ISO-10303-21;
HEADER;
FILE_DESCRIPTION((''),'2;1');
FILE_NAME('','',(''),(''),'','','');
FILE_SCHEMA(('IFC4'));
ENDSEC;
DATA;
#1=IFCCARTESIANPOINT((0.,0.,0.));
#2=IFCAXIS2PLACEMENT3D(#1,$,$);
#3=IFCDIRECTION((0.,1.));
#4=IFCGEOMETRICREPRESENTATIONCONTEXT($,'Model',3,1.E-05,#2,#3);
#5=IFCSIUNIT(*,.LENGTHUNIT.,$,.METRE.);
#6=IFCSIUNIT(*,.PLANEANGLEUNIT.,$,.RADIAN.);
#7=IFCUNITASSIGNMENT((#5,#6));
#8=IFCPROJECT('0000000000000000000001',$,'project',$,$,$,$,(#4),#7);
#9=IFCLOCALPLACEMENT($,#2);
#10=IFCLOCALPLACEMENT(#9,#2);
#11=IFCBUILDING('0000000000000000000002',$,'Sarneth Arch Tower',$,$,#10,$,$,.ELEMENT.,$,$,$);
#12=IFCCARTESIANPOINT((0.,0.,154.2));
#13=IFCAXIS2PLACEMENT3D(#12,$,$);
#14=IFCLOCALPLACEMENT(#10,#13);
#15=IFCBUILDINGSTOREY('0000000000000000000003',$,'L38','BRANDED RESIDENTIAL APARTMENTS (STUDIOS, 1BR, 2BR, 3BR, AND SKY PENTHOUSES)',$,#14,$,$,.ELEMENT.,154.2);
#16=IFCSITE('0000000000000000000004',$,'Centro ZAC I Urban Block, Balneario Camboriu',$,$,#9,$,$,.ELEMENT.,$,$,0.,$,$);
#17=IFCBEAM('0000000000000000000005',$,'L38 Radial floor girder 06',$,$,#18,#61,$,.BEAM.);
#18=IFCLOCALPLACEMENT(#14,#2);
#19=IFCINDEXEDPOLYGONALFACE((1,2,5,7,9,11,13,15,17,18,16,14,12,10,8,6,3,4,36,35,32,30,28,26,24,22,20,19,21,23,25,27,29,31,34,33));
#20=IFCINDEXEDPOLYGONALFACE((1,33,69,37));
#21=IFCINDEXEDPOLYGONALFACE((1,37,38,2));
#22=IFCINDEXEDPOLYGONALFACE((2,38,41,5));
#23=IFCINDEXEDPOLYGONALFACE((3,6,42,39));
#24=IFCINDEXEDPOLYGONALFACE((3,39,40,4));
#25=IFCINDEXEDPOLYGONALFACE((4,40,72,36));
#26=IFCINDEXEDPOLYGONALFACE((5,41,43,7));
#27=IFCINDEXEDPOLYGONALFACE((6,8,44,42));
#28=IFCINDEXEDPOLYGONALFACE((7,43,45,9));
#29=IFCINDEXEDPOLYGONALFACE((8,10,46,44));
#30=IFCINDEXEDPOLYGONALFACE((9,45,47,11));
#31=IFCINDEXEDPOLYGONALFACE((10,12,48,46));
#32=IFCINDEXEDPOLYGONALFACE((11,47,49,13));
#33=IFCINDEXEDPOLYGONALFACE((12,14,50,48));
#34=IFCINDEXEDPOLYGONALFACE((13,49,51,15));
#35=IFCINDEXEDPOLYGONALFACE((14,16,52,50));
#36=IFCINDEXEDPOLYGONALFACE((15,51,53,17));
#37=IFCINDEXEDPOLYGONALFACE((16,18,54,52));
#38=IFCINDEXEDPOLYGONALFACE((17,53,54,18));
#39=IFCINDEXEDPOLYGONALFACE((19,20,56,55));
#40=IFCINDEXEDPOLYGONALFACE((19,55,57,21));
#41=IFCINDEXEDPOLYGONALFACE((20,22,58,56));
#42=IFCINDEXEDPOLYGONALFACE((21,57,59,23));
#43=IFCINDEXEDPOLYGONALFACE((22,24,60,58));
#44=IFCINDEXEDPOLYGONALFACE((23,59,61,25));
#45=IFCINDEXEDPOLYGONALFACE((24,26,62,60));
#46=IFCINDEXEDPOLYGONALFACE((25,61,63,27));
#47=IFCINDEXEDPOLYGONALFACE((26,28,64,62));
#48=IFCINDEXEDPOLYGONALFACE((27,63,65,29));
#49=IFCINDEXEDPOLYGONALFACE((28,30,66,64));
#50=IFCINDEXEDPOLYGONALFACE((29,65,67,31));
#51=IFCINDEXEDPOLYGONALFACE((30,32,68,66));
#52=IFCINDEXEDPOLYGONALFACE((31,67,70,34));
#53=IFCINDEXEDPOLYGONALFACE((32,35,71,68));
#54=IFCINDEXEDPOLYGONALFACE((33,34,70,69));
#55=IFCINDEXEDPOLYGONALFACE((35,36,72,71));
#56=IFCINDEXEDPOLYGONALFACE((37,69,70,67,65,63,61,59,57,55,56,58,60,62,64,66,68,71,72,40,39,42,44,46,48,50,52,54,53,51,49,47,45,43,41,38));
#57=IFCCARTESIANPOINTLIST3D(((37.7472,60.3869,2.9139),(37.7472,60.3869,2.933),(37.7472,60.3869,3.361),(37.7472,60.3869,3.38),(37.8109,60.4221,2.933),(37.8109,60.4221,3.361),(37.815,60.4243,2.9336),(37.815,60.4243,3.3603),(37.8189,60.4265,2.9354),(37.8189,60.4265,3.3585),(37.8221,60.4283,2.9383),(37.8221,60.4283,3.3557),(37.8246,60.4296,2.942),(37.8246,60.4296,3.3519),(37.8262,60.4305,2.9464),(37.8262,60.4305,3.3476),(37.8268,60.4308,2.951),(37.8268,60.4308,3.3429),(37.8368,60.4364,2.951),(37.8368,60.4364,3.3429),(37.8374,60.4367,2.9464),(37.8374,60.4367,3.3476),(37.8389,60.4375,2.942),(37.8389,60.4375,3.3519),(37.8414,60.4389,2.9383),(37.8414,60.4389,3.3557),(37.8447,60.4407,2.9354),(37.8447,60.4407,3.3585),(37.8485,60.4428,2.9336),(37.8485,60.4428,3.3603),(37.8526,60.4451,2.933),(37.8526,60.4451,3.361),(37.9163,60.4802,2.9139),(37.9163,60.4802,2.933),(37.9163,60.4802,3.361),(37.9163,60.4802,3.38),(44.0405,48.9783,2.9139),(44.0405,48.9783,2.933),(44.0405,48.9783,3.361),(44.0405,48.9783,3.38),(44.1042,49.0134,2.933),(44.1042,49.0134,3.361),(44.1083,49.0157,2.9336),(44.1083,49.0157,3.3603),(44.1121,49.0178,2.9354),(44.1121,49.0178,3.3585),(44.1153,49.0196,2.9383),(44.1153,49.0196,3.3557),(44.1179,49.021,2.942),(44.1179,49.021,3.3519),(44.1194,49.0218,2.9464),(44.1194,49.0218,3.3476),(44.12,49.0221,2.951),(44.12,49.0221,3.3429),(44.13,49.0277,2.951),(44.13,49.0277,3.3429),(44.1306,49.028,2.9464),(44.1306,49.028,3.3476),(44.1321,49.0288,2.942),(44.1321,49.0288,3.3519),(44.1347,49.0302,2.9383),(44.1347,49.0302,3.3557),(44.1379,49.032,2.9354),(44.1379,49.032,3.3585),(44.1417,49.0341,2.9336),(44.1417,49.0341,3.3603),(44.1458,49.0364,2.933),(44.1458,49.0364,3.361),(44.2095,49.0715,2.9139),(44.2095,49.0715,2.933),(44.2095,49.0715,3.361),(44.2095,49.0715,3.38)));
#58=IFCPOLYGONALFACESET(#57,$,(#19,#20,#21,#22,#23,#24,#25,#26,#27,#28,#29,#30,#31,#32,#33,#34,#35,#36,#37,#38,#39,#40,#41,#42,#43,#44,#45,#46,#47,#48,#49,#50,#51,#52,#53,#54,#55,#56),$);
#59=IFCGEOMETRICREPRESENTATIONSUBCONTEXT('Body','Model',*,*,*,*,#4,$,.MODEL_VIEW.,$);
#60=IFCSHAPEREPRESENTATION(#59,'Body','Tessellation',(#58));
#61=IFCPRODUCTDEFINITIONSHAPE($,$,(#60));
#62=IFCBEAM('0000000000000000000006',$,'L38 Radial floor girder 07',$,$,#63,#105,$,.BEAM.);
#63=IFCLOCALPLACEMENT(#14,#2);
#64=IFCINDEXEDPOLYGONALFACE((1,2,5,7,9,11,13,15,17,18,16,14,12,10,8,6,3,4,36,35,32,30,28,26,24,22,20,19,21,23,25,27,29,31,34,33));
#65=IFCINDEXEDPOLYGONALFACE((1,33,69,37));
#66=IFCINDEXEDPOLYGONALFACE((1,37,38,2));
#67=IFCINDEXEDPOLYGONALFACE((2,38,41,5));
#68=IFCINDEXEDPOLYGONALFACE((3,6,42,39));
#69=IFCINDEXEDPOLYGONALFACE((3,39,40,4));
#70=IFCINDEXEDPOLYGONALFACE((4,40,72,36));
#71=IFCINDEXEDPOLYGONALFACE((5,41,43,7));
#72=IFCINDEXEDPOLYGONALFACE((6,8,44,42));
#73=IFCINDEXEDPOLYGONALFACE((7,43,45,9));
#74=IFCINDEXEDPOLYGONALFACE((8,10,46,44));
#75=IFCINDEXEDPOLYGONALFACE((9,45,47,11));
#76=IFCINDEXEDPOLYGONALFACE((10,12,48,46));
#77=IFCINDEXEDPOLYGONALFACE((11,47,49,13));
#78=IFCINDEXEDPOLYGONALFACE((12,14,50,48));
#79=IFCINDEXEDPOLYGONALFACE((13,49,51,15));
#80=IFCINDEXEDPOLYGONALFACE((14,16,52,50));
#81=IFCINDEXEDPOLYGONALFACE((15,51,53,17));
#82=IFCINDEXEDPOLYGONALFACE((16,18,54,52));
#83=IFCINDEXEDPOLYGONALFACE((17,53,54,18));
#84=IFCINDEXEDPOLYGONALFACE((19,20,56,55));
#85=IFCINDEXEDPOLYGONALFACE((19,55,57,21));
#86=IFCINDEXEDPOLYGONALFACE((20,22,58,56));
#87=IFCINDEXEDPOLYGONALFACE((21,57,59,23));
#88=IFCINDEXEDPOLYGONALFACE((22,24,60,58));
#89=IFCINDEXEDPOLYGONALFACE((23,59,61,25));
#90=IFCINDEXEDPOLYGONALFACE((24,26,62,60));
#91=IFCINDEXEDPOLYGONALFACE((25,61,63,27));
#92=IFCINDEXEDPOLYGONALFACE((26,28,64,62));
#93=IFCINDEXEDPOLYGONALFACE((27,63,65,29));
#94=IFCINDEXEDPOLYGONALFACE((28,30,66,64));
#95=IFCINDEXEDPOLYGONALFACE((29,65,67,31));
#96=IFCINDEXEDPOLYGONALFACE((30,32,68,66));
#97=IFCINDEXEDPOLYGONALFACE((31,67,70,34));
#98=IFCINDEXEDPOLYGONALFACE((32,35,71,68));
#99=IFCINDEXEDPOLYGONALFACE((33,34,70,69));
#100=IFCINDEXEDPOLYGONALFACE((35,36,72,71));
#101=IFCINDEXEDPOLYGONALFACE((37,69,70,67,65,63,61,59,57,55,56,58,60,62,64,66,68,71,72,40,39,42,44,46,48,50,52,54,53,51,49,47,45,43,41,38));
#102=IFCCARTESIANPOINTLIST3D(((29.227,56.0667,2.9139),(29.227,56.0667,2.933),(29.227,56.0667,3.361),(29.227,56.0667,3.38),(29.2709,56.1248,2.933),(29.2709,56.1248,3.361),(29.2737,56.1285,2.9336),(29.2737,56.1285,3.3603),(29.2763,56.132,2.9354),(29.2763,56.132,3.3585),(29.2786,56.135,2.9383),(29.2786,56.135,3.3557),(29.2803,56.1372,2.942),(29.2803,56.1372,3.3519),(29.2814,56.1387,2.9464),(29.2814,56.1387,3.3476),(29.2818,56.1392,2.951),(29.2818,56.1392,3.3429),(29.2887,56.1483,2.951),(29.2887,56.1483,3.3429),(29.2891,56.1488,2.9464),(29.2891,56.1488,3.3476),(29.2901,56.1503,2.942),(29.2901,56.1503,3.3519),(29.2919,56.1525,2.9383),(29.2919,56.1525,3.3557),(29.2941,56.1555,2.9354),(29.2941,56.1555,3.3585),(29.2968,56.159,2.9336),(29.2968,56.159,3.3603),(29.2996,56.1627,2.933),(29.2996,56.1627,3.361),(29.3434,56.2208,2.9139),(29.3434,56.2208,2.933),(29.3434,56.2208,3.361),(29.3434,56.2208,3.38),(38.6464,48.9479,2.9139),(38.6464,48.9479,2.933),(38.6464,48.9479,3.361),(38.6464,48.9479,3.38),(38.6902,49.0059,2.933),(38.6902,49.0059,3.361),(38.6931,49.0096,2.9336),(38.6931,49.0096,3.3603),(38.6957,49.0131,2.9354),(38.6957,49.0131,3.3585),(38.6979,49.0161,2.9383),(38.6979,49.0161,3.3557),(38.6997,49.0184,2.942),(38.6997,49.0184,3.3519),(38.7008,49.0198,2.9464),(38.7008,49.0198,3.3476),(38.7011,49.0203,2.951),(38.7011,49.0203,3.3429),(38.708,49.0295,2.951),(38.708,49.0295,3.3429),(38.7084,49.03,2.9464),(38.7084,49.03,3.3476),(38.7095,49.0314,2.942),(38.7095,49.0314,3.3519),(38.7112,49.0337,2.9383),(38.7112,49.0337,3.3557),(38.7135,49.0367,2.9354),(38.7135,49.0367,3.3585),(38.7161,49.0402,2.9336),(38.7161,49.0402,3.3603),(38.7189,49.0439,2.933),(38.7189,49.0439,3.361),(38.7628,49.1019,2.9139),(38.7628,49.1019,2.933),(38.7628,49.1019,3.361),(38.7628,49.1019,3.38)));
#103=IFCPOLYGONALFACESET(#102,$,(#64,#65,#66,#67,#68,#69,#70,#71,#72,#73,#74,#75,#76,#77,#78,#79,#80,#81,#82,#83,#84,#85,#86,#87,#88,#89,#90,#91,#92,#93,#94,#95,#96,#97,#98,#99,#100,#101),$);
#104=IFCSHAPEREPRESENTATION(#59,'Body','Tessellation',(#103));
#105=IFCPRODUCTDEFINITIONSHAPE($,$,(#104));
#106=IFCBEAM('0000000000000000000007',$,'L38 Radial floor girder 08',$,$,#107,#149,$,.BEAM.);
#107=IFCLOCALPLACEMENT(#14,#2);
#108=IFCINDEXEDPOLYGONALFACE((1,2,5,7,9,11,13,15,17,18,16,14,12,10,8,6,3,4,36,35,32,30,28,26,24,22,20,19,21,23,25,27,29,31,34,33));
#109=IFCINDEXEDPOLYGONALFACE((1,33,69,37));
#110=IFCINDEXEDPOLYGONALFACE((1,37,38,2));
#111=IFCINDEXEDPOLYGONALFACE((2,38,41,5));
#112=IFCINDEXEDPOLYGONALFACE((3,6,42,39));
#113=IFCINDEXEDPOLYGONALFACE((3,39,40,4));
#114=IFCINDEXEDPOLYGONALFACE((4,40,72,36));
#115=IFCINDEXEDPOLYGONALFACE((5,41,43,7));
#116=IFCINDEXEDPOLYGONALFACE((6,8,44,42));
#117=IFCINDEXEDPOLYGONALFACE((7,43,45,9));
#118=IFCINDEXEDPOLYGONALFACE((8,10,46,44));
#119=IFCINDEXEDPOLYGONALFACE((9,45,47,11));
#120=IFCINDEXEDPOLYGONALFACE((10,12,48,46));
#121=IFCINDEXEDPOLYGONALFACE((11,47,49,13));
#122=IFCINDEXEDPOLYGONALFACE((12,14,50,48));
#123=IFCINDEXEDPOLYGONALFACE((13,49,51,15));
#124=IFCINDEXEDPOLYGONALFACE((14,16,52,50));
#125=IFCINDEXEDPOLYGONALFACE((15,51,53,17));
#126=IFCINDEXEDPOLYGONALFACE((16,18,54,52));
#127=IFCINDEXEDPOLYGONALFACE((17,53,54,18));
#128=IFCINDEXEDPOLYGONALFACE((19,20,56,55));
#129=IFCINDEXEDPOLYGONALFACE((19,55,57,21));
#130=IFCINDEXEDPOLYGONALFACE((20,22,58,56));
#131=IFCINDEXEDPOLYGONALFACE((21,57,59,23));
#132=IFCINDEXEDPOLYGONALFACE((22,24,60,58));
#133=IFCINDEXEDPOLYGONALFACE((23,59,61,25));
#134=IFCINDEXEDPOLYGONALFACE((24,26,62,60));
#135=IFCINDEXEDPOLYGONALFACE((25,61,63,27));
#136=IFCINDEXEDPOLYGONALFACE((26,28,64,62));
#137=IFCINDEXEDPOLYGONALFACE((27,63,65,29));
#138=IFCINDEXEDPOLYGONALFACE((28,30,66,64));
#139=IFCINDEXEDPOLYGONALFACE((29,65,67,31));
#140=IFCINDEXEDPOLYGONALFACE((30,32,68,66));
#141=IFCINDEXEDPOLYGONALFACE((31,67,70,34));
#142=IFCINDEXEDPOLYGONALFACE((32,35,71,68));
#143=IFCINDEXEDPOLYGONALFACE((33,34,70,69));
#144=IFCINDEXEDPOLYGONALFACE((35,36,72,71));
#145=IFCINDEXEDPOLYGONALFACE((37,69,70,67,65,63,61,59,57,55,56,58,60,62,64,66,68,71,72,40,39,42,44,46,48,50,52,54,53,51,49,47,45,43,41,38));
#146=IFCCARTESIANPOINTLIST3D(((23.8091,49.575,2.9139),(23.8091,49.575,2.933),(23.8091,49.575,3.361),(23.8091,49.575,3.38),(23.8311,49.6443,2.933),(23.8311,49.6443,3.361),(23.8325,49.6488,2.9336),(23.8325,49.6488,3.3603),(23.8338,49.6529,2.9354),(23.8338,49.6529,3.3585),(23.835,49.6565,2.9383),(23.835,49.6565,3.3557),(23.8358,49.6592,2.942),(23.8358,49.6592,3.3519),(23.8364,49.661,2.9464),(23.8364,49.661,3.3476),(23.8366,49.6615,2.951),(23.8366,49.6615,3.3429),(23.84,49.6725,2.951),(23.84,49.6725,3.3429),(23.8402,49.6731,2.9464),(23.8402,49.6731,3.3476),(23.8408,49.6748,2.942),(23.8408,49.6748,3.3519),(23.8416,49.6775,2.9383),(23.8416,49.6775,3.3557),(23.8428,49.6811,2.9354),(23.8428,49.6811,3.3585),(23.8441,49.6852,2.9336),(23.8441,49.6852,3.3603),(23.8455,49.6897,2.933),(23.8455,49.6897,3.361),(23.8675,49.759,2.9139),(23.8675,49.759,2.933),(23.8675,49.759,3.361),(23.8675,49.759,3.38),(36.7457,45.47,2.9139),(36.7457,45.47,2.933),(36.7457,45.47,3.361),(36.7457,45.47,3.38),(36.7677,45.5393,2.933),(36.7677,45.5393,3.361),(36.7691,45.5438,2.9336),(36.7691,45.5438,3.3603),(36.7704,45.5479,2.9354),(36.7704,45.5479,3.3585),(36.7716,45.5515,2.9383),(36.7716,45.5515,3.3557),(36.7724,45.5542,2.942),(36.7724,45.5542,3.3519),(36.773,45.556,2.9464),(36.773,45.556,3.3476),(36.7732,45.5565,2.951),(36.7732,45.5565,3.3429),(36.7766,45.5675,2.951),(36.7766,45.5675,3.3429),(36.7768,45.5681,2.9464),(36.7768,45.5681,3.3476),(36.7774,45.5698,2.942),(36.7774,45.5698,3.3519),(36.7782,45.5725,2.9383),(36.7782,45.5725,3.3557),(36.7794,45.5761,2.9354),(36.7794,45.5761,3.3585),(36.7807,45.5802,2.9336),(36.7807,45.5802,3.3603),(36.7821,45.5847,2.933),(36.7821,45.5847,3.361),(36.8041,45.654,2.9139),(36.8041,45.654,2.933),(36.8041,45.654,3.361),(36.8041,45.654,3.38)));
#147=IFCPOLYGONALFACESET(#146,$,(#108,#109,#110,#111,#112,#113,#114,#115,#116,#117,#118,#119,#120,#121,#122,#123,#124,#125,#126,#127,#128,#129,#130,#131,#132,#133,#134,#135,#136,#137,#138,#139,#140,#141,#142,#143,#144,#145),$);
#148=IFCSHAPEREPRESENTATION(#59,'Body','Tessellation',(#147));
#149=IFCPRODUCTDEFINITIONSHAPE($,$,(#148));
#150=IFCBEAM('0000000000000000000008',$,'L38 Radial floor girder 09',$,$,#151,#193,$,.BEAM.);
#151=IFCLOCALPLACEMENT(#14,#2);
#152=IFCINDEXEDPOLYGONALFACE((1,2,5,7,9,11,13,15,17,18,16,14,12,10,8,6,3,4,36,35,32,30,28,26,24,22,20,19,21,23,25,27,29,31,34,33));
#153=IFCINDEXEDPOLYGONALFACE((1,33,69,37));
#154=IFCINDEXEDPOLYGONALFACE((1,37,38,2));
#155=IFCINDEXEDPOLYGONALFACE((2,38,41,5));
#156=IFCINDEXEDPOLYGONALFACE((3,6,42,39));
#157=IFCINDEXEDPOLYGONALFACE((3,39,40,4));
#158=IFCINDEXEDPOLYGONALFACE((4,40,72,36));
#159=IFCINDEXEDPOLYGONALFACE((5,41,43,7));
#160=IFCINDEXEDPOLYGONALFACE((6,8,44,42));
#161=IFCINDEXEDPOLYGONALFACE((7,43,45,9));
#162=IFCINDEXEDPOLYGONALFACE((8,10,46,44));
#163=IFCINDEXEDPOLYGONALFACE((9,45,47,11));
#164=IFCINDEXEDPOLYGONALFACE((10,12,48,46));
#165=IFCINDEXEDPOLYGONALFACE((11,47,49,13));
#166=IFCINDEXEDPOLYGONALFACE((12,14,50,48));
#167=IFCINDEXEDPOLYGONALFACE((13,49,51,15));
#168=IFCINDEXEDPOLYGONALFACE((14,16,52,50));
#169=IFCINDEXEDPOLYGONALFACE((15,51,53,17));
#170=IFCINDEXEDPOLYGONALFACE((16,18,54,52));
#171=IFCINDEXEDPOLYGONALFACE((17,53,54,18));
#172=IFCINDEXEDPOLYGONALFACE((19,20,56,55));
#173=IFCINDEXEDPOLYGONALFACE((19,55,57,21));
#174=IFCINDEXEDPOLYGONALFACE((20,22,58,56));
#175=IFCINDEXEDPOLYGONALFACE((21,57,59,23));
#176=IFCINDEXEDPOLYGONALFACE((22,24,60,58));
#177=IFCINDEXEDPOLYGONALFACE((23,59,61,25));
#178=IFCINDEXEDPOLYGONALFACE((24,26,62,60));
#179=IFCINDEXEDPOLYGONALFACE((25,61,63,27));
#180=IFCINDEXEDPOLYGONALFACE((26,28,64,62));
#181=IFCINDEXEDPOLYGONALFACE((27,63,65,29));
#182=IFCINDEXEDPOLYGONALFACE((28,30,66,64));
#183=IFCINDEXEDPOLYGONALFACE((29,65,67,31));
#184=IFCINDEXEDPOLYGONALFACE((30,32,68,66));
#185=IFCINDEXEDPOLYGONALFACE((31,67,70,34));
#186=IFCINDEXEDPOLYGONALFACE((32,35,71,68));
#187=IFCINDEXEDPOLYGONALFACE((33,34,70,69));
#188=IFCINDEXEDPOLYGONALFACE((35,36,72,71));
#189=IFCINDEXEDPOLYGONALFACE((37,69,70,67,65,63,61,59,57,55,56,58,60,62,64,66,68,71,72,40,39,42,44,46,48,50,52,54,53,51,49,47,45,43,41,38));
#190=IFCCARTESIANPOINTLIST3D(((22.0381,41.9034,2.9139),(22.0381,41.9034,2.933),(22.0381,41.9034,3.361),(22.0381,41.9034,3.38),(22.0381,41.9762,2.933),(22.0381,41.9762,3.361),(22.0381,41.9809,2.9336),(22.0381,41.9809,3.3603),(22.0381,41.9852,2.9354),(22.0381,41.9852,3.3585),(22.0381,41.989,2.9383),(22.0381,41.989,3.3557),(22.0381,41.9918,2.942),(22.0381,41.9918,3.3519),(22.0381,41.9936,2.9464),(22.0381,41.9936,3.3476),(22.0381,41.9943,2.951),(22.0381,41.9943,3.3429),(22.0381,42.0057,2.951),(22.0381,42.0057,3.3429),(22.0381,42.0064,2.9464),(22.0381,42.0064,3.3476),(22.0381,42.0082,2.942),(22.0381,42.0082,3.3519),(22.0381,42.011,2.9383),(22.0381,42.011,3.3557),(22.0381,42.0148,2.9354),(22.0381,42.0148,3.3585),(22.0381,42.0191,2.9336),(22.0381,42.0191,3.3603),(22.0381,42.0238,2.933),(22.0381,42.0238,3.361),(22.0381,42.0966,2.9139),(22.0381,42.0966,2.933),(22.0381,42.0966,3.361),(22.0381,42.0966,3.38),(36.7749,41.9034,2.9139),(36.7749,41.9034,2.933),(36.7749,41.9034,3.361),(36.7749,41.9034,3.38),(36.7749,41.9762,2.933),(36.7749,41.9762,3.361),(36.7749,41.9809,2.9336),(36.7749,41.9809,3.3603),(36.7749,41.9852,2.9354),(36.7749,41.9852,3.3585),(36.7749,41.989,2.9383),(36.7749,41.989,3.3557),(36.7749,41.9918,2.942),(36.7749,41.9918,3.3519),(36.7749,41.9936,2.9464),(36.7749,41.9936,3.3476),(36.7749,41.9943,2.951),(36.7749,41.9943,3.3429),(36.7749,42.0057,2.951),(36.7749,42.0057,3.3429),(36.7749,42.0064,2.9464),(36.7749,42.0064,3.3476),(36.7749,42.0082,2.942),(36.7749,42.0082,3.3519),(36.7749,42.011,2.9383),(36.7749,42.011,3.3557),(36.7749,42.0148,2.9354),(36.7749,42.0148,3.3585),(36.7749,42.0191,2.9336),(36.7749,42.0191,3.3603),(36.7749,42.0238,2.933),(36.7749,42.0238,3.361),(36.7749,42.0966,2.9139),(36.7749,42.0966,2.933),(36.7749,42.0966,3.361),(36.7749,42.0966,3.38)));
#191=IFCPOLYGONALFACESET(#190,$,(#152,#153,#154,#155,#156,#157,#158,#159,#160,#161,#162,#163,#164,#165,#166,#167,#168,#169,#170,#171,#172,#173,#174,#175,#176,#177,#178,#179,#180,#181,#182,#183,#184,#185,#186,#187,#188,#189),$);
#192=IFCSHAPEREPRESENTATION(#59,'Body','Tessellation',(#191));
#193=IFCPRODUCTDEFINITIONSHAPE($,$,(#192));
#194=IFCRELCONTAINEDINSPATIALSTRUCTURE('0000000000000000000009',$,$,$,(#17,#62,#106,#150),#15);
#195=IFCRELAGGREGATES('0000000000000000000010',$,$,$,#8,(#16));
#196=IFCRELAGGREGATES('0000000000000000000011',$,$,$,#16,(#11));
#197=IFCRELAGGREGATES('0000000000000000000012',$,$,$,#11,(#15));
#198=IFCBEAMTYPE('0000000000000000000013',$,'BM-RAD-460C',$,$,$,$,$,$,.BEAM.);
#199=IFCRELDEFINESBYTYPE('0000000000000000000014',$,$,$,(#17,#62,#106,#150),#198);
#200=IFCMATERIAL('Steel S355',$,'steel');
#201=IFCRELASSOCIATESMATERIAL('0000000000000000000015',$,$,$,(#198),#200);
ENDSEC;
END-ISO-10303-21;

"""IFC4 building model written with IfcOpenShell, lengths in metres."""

from ifc_helpers import new_model, si_unit, direction, frame, origin, origin_2d, place, context, subcontext, project, spatial, i_section, extrude, material, material_profile, profile_set, type_object, element, save


model = new_model("IFC4")

# Units and contexts
model_context = context("Model", 3, precision=1e-05, world=origin(), true_north=direction((0.0, 1.0)))
body_context = subcontext(model_context, "Body", "Model", "MODEL_VIEW")
ifc_project = project(units=[si_unit("LENGTHUNIT", "METRE"), si_unit("PLANEANGLEUNIT", "RADIAN")], contexts=[model_context])

# Site, building, storey
site_placement = place(None, origin())
site = spatial("IfcSite", under=ifc_project, at=site_placement, Name="Centro ZAC I Urban Block, Balneario Camboriu", CompositionType="ELEMENT", RefElevation=0.0)
building_placement = place(site_placement, origin())
building = spatial("IfcBuilding", under=site, at=building_placement, Name="Sarneth Arch Tower", CompositionType="ELEMENT")
storey_placement = place(building_placement, frame((0.0, 0.0, 154.2)))
storey = spatial("IfcBuildingStorey", under=building, at=storey_placement, Name="L38", Description="BRANDED RESIDENTIAL APARTMENTS (STUDIOS, 1BR, 2BR, 3BR, AND SKY PENTHOUSES)", CompositionType="ELEMENT", Elevation=154.2)

# Beams
ifc_material_1 = material(Name="Steel S355", Category="steel")
ifc_material_profile_1 = material_profile(ifc_material_1, i_section(OverallWidth=0.1931, OverallDepth=0.4661, WebThickness=0.0115, FlangeThickness=0.019, FilletRadius=0.0181, at=origin_2d()), Name="W460x97")
ifc_profile_set_1 = profile_set([ifc_material_profile_1], Name="Steel S355")
beam_type_1 = type_object("IfcBeamType", Name="BM-RAD-460C", PredefinedType="BEAM", material=ifc_profile_set_1)
beam_1_placement = place(storey_placement, frame((44.125, 49.0249, 3.147), z_axis=(-0.483005, 0.875618, 0.0), x_axis=(-0.875618, -0.483005, 0.0)))
element("IfcBeam", 1, at=beam_1_placement, inside=storey, type_object=beam_type_1, Name="L38 Radial floor girder 06", PredefinedType="BEAM", context=body_context, shape_type="SweptSolid", body=[
    extrude(i_section(OverallWidth=0.1931, OverallDepth=0.4661, WebThickness=0.0115, FlangeThickness=0.019, FilletRadius=0.0181, at=origin_2d()), origin(), (0.0, 0.0, 1.0), 13.0293),
])
beam_2_placement = place(storey_placement, frame((38.7046, 49.0249, 3.147), z_axis=(-0.797786, 0.60294, 0.0), x_axis=(-0.60294, -0.797786, 0.0)))
element("IfcBeam", 2, at=beam_2_placement, inside=storey, type_object=beam_type_1, Name="L38 Radial floor girder 07", PredefinedType="BEAM", context=body_context, shape_type="SweptSolid", body=[
    extrude(i_section(OverallWidth=0.1931, OverallDepth=0.4661, WebThickness=0.0115, FlangeThickness=0.019, FilletRadius=0.0181, at=origin_2d()), origin(), (0.0, 0.0, 1.0), 11.8069),
])
beam_3_placement = place(storey_placement, frame((36.7749, 45.562, 3.147), z_axis=(-0.953164, 0.302455, 0.0), x_axis=(-0.302455, -0.953164, 0.0)))
element("IfcBeam", 3, at=beam_3_placement, inside=storey, type_object=beam_type_1, Name="L38 Radial floor girder 08", PredefinedType="BEAM", context=body_context, shape_type="SweptSolid", body=[
    extrude(i_section(OverallWidth=0.1931, OverallDepth=0.4661, WebThickness=0.0115, FlangeThickness=0.019, FilletRadius=0.0181, at=origin_2d()), origin(), (0.0, 0.0, 1.0), 13.5723),
])
beam_4_placement = place(storey_placement, frame((36.7749, 42.0, 3.147), z_axis=(-1.0, 0.0, 0.0), x_axis=(0.0, -1.0, 0.0)))
element("IfcBeam", 4, at=beam_4_placement, inside=storey, type_object=beam_type_1, Name="L38 Radial floor girder 09", PredefinedType="BEAM", context=body_context, shape_type="SweptSolid", body=[
    extrude(i_section(OverallWidth=0.1931, OverallDepth=0.4661, WebThickness=0.0115, FlangeThickness=0.019, FilletRadius=0.0181, at=origin_2d()), origin(), (0.0, 0.0, 1.0), 14.7368),
])

save(model, "model.ifc")
